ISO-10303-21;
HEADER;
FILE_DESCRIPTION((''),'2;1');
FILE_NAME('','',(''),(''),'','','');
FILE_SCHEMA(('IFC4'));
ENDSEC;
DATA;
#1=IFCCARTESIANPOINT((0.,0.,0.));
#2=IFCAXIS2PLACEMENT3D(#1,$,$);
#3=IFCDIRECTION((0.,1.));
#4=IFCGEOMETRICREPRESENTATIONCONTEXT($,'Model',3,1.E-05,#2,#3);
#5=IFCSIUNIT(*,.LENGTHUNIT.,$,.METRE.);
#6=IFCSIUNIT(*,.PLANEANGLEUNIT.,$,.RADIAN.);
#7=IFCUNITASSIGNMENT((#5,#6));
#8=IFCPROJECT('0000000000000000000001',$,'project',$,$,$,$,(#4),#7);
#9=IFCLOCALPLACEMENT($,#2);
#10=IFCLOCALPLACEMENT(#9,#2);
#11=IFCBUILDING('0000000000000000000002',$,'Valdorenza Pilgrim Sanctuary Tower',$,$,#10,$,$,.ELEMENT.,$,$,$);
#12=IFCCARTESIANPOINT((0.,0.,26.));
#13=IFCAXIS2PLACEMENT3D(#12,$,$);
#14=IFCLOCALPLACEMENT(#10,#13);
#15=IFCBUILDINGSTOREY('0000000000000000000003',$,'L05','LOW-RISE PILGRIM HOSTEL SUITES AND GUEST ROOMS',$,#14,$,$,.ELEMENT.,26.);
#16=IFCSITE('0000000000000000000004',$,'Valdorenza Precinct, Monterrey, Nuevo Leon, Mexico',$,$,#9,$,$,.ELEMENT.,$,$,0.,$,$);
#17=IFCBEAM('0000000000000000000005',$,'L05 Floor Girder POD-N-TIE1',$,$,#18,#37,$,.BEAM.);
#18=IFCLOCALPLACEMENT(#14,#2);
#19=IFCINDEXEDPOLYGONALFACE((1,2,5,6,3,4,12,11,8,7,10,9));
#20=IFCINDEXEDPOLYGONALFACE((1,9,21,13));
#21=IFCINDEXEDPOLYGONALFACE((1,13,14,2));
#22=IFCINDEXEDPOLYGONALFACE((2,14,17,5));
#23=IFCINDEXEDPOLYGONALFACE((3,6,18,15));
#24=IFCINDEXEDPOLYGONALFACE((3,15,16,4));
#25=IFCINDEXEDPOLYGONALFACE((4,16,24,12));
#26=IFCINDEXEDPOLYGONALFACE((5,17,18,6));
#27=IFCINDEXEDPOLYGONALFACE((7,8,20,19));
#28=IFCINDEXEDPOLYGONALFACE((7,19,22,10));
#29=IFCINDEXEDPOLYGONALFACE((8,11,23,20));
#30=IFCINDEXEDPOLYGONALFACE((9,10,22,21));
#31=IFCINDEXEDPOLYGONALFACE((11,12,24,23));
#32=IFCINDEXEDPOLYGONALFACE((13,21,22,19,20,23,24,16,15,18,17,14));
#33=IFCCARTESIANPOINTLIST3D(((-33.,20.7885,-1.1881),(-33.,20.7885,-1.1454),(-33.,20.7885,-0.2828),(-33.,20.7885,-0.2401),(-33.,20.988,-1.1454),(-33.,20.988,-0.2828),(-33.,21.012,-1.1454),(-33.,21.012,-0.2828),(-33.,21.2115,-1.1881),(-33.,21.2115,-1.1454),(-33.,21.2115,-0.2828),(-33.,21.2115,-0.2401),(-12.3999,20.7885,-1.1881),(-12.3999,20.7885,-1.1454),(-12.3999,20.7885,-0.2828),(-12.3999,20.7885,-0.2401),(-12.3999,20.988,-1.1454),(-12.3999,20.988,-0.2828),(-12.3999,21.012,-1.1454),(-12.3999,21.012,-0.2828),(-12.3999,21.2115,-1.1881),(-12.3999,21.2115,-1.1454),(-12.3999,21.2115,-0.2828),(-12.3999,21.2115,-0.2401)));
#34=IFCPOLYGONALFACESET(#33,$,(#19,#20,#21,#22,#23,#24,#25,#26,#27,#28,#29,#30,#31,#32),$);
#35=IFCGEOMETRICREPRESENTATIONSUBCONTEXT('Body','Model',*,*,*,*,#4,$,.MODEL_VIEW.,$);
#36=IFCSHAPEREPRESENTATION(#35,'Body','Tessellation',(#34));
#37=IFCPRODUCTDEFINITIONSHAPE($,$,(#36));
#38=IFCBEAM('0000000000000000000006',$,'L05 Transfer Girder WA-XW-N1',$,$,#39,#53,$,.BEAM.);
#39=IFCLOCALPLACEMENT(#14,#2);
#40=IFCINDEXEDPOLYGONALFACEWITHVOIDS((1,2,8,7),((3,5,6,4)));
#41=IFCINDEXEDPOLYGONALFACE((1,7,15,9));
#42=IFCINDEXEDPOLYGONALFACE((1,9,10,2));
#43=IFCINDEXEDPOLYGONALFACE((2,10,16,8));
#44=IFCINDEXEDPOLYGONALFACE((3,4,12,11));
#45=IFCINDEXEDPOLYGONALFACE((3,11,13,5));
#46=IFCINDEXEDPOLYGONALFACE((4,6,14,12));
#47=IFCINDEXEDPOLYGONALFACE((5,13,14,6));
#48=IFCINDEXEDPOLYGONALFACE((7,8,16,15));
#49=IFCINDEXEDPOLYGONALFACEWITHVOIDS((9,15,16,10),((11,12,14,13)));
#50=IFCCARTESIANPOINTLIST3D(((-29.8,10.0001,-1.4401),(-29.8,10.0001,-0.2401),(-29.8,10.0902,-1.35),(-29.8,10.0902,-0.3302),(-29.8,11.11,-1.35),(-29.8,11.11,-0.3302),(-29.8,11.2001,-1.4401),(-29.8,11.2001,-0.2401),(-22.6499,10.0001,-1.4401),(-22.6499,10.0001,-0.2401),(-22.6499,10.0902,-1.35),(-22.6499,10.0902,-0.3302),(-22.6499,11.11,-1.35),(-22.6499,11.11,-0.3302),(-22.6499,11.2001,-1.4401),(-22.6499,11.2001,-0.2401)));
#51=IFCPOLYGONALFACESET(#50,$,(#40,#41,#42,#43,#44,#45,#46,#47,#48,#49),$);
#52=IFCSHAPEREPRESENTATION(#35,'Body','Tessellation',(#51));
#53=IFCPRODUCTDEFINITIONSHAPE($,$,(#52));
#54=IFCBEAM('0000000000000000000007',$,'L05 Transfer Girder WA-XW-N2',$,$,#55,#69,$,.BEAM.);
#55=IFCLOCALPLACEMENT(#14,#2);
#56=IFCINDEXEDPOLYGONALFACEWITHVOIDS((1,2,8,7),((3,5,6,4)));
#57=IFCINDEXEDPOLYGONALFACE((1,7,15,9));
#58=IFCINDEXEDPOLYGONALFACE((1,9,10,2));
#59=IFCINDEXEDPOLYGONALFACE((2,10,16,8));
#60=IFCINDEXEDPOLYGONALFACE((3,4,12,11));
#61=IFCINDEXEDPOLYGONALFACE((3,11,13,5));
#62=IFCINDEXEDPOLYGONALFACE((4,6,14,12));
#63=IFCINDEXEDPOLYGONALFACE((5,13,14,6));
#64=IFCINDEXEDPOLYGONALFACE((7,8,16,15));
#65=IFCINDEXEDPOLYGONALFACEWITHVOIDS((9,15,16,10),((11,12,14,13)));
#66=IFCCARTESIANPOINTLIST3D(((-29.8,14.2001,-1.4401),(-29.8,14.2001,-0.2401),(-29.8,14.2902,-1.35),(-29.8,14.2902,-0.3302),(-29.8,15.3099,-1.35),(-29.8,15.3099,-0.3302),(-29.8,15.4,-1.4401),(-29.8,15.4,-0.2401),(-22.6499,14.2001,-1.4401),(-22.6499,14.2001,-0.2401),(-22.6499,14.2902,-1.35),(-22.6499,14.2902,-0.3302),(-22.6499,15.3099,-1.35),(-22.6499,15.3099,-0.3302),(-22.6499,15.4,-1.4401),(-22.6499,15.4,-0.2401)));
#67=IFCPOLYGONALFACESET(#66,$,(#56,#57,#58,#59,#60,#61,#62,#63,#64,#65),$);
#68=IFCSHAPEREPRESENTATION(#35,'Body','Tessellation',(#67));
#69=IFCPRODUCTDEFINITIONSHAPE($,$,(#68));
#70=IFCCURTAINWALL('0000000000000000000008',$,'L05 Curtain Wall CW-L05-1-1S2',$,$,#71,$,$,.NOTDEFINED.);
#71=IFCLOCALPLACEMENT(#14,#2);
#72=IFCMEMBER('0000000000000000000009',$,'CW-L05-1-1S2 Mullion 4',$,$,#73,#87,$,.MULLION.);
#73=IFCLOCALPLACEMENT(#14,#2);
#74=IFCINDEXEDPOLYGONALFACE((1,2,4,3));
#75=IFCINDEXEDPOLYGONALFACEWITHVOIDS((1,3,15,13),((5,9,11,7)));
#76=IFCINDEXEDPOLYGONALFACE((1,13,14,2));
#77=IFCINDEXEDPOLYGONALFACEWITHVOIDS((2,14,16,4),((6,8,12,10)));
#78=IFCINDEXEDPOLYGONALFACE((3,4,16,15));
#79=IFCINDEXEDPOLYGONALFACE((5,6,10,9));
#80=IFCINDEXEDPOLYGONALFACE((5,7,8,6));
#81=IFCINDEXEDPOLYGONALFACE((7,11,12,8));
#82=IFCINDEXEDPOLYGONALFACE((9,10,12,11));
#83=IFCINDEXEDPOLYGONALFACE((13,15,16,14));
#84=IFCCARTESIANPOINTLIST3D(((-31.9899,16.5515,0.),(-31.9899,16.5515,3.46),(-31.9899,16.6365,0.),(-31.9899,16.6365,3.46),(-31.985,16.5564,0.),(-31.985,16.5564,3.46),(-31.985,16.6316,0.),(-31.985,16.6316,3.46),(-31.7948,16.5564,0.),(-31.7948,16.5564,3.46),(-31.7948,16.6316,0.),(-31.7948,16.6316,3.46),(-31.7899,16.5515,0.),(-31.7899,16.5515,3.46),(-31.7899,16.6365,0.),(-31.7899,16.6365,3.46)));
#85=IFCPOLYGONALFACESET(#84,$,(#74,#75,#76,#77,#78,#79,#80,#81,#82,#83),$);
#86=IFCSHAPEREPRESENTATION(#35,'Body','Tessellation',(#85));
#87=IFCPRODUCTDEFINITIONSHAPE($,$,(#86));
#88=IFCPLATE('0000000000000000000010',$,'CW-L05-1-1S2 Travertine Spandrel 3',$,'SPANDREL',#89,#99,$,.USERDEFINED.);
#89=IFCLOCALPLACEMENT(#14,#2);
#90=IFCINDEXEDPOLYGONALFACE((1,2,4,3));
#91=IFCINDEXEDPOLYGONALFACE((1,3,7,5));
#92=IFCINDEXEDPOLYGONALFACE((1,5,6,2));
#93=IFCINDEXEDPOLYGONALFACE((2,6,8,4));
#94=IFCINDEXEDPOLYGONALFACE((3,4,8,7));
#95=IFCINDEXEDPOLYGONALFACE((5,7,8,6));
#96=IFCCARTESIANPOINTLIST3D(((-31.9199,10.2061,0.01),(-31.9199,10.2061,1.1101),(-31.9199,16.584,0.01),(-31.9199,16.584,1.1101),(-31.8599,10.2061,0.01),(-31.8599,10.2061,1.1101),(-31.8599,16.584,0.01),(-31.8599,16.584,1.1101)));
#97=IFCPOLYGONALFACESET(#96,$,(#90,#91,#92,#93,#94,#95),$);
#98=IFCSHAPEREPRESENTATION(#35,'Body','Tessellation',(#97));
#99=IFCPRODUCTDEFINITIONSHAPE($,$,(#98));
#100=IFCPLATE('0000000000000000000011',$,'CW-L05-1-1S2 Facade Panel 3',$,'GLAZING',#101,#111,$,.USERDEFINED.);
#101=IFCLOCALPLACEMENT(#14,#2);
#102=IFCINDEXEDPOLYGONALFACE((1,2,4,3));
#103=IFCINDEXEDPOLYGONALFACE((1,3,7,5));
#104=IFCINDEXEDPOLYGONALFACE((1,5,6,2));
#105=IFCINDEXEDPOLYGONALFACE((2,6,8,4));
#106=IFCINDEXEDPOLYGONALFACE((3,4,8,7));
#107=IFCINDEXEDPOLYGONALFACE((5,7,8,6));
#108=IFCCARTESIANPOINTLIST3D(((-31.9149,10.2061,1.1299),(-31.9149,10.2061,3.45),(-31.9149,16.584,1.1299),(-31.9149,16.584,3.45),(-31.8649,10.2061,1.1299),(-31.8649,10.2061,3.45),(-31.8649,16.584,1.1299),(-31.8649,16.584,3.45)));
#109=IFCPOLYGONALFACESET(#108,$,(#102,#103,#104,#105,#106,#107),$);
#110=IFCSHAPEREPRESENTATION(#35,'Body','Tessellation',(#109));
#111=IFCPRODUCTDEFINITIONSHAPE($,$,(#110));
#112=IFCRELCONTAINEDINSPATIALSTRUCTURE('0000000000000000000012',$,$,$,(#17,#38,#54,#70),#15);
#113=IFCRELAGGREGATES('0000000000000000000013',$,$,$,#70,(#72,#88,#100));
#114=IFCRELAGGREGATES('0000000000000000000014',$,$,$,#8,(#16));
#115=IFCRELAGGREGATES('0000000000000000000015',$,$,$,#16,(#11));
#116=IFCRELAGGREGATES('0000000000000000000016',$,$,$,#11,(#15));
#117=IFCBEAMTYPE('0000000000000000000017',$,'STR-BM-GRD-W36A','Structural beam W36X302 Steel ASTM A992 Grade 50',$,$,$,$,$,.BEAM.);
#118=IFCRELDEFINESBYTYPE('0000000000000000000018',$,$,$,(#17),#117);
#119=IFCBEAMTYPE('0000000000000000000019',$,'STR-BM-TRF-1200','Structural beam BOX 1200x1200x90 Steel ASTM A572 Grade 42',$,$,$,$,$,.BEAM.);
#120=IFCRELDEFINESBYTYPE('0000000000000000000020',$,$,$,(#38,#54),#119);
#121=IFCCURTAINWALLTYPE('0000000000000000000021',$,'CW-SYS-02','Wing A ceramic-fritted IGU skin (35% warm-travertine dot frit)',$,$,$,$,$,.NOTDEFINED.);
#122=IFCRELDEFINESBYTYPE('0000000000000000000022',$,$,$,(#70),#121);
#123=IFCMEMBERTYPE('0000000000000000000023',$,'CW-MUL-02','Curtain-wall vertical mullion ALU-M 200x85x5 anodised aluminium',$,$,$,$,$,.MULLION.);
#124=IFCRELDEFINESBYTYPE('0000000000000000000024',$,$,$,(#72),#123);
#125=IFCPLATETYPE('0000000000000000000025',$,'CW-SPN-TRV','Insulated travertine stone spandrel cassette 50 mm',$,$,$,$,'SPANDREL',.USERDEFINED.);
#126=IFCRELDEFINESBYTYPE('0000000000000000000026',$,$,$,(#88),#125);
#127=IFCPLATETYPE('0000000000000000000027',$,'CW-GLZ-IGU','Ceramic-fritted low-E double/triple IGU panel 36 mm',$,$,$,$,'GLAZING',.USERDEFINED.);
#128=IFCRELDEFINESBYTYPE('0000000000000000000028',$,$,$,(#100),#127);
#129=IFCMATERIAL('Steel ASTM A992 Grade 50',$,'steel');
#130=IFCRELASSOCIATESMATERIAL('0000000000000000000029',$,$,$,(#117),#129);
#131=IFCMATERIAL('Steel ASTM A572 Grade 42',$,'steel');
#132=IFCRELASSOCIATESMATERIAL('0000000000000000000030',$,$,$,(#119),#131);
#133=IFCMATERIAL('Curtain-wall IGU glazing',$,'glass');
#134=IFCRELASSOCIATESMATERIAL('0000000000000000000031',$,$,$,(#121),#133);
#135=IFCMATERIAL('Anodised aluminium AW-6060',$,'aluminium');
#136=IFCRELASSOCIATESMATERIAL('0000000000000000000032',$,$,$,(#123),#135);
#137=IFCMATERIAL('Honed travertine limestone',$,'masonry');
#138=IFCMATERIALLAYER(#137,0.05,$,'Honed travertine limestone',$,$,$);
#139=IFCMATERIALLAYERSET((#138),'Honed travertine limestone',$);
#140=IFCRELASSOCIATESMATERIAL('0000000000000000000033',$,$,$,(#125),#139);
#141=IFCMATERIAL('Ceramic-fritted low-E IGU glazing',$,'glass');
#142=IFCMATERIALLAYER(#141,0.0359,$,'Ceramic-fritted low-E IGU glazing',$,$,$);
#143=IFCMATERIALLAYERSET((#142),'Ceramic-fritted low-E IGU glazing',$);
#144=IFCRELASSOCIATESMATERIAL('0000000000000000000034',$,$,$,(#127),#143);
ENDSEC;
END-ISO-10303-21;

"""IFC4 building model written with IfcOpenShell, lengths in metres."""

from ifc_helpers import new_model, si_unit, direction, frame, origin, origin_2d, place, context, subcontext, project, spatial, rectangle, hollow_rectangle, i_section, extrude, source, transform, mapped, material, layer, layer_set, material_profile, profile_set, type_object, element, aggregate, save


model = new_model("IFC4")

# Units and contexts
model_context = context("Model", 3, precision=1e-05, world=origin(), true_north=direction((0.0, 1.0)))
body_context = subcontext(model_context, "Body", "Model", "MODEL_VIEW")
ifc_project = project(units=[si_unit("LENGTHUNIT", "METRE"), si_unit("PLANEANGLEUNIT", "RADIAN")], contexts=[model_context])

# Site, building, storey
site_placement = place(None, origin())
site = spatial("IfcSite", under=ifc_project, at=site_placement, Name="Valdorenza Precinct, Monterrey, Nuevo Leon, Mexico", CompositionType="ELEMENT", RefElevation=0.0)
building_placement = place(site_placement, origin())
building = spatial("IfcBuilding", under=site, at=building_placement, Name="Valdorenza Pilgrim Sanctuary Tower", CompositionType="ELEMENT")
storey_placement = place(building_placement, frame((0.0, 0.0, 26.0)))
storey = spatial("IfcBuildingStorey", under=building, at=storey_placement, Name="L05", Description="LOW-RISE PILGRIM HOSTEL SUITES AND GUEST ROOMS", CompositionType="ELEMENT", Elevation=26.0)

# Beams
ifc_material_1 = material(Name="Steel ASTM A992 Grade 50", Category="steel")
ifc_material_profile_1 = material_profile(ifc_material_1, i_section(OverallWidth=0.4231, OverallDepth=0.948, WebThickness=0.0239, FlangeThickness=0.0427, at=origin_2d()), Name="W36X302")
ifc_profile_set_1 = profile_set([ifc_material_profile_1], Name="Steel ASTM A992 Grade 50")
beam_type_1 = type_object("IfcBeamType", Name="STR-BM-GRD-W36A", Description="Structural beam W36X302 Steel ASTM A992 Grade 50", PredefinedType="BEAM", material=ifc_profile_set_1)
shared_shape_1 = source(origin(), body_context, "Body", "SweptSolid", [
    extrude(i_section(OverallWidth=0.4231, OverallDepth=0.948, WebThickness=0.0239, FlangeThickness=0.0427, at=origin_2d()), origin(), (0.0, 0.0, 1.0), 20.6001),
])
beam_1_placement = place(storey_placement, frame((-33.0, 21.0, -0.7141), z_axis=(1.0, 0.0, 0.0), x_axis=(0.0, 1.0, 0.0)))
element("IfcBeam", 1, at=beam_1_placement, inside=storey, type_object=beam_type_1, Name="L05 Floor Girder POD-N-TIE1", PredefinedType="BEAM", context=body_context, shape_type="MappedRepresentation", body=[
    mapped(shared_shape_1, transform((0.0, 0.0, 0.0), x_axis=(1.0, 0.0, 0.0), y_axis=(0.0, 1.0, 0.0), z_axis=(0.0, 0.0, 1.0), scale=1.0)),
])
ifc_material_2 = material(Name="Steel ASTM A572 Grade 42", Category="steel")
ifc_material_profile_2 = material_profile(ifc_material_2, hollow_rectangle(XDim=1.2, YDim=1.2, WallThickness=0.0901, at=origin_2d()), Name="BOX 1200x1200x90")
ifc_profile_set_2 = profile_set([ifc_material_profile_2], Name="Steel ASTM A572 Grade 42")
beam_type_2 = type_object("IfcBeamType", Name="STR-BM-TRF-1200", Description="Structural beam BOX 1200x1200x90 Steel ASTM A572 Grade 42", PredefinedType="BEAM", material=ifc_profile_set_2)
shared_shape_2 = source(origin(), body_context, "Body", "SweptSolid", [
    extrude(hollow_rectangle(XDim=1.2, YDim=1.2, WallThickness=0.0901, at=origin_2d()), origin(), (0.0, 0.0, 1.0), 7.1501),
])
for number, where, z_axis, x_axis, name in (
    (2, (-29.8, 10.6001, -0.8401), (1.0, 0.0, 0.0), (0.0, 1.0, 0.0), "L05 Transfer Girder WA-XW-N1"),
    (3, (-29.8, 14.8, -0.8401), (1.0, 0.0, 0.0), (0.0, 1.0, 0.0), "L05 Transfer Girder WA-XW-N2"),
):
    element("IfcBeam", number, at=place(storey_placement, frame(where, z_axis=z_axis, x_axis=x_axis)), inside=storey, type_object=beam_type_2, Name=name, PredefinedType="BEAM", context=body_context, shape_type="MappedRepresentation", body=[
        mapped(shared_shape_2, transform((0.0, 0.0, 0.0), x_axis=(1.0, 0.0, 0.0), y_axis=(0.0, 1.0, 0.0), z_axis=(0.0, 0.0, 1.0), scale=1.0)),
    ])

# Curtain wall, member, plates
ifc_material_3 = material(Name="Curtain-wall IGU glazing", Category="glass")
curtain_wall_type = type_object("IfcCurtainWallType", Name="CW-SYS-02", Description="Wing A ceramic-fritted IGU skin (35% warm-travertine dot frit)", PredefinedType="NOTDEFINED", material=ifc_material_3)
curtain_wall_placement = place(storey_placement, origin())
curtain_wall = element("IfcCurtainWall", 4, at=curtain_wall_placement, inside=storey, type_object=curtain_wall_type, Name="L05 Curtain Wall CW-L05-1-1S2", PredefinedType="NOTDEFINED")
ifc_material_4 = material(Name="Anodised aluminium AW-6060", Category="aluminium")
ifc_material_profile_3 = material_profile(ifc_material_4, hollow_rectangle(XDim=0.085, YDim=0.2, WallThickness=0.0049, at=origin_2d()), Name="ALU-M 200x85x5")
ifc_profile_set_3 = profile_set([ifc_material_profile_3], Name="Anodised aluminium AW-6060")
member_type = type_object("IfcMemberType", Name="CW-MUL-02", Description="Curtain-wall vertical mullion ALU-M 200x85x5 anodised aluminium", PredefinedType="MULLION", material=ifc_profile_set_3)
shared_shape_3 = source(origin(), body_context, "Body", "SweptSolid", [
    extrude(hollow_rectangle(XDim=0.085, YDim=0.2, WallThickness=0.0049, at=origin_2d()), origin(), (0.0, 0.0, 1.0), 3.46),
])
member_placement = place(storey_placement, frame((-31.8899, 16.594, 0.0), z_axis=(0.0, 0.0, 1.0), x_axis=(0.0, 1.0, 0.0)))
member = element("IfcMember", 5, at=member_placement, type_object=member_type, Name="CW-L05-1-1S2 Mullion 4", PredefinedType="MULLION", context=body_context, shape_type="MappedRepresentation", body=[
    mapped(shared_shape_3, transform((0.0, 0.0, 0.0), x_axis=(1.0, 0.0, 0.0), y_axis=(0.0, 1.0, 0.0), z_axis=(0.0, 0.0, 1.0), scale=1.0)),
])
ifc_material_5 = material(Name="Honed travertine limestone", Category="masonry")
ifc_layer_1 = layer(ifc_material_5, 0.05, Name="Honed travertine limestone")
ifc_layer_set_1 = layer_set([ifc_layer_1], Name="Honed travertine limestone")
plate_type_1 = type_object("IfcPlateType", Name="CW-SPN-TRV", Description="Insulated travertine stone spandrel cassette 50 mm", ElementType="SPANDREL", PredefinedType="USERDEFINED", material=ifc_layer_set_1)
shared_shape_4 = source(origin(), body_context, "Body", "SweptSolid", [
    extrude(rectangle(XDim=6.3779, YDim=0.0601, at=origin_2d()), origin(), (0.0, 0.0, 1.0), 1.1001),
])
plate_1_placement = place(storey_placement, frame((-31.8899, 13.395, 0.01), z_axis=(0.0, 0.0, 1.0), x_axis=(0.0, 1.0, 0.0)))
plate_1 = element("IfcPlate", 6, at=plate_1_placement, type_object=plate_type_1, Name="CW-L05-1-1S2 Travertine Spandrel 3", ObjectType="SPANDREL", PredefinedType="USERDEFINED", context=body_context, shape_type="MappedRepresentation", body=[
    mapped(shared_shape_4, transform((0.0, 0.0, 0.0), x_axis=(1.0, 0.0, 0.0), y_axis=(0.0, 1.0, 0.0), z_axis=(0.0, 0.0, 1.0), scale=1.0)),
])
ifc_material_6 = material(Name="Ceramic-fritted low-E IGU glazing", Category="glass")
ifc_layer_2 = layer(ifc_material_6, 0.0359, Name="Ceramic-fritted low-E IGU glazing")
ifc_layer_set_2 = layer_set([ifc_layer_2], Name="Ceramic-fritted low-E IGU glazing")
plate_type_2 = type_object("IfcPlateType", Name="CW-GLZ-IGU", Description="Ceramic-fritted low-E double/triple IGU panel 36 mm", ElementType="GLAZING", PredefinedType="USERDEFINED", material=ifc_layer_set_2)
shared_shape_5 = source(origin(), body_context, "Body", "SweptSolid", [
    extrude(rectangle(XDim=6.3779, YDim=0.05, at=origin_2d()), origin(), (0.0, 0.0, 1.0), 2.3201),
])
plate_2_placement = place(storey_placement, frame((-31.8899, 13.395, 1.1299), z_axis=(0.0, 0.0, 1.0), x_axis=(0.0, 1.0, 0.0)))
plate_2 = element("IfcPlate", 7, at=plate_2_placement, type_object=plate_type_2, Name="CW-L05-1-1S2 Facade Panel 3", ObjectType="GLAZING", PredefinedType="USERDEFINED", context=body_context, shape_type="MappedRepresentation", body=[
    mapped(shared_shape_5, transform((0.0, 0.0, 0.0), x_axis=(1.0, 0.0, 0.0), y_axis=(0.0, 1.0, 0.0), z_axis=(0.0, 0.0, 1.0), scale=1.0)),
])
aggregate(curtain_wall, [member, plate_1, plate_2])

save(model, "model.ifc")
